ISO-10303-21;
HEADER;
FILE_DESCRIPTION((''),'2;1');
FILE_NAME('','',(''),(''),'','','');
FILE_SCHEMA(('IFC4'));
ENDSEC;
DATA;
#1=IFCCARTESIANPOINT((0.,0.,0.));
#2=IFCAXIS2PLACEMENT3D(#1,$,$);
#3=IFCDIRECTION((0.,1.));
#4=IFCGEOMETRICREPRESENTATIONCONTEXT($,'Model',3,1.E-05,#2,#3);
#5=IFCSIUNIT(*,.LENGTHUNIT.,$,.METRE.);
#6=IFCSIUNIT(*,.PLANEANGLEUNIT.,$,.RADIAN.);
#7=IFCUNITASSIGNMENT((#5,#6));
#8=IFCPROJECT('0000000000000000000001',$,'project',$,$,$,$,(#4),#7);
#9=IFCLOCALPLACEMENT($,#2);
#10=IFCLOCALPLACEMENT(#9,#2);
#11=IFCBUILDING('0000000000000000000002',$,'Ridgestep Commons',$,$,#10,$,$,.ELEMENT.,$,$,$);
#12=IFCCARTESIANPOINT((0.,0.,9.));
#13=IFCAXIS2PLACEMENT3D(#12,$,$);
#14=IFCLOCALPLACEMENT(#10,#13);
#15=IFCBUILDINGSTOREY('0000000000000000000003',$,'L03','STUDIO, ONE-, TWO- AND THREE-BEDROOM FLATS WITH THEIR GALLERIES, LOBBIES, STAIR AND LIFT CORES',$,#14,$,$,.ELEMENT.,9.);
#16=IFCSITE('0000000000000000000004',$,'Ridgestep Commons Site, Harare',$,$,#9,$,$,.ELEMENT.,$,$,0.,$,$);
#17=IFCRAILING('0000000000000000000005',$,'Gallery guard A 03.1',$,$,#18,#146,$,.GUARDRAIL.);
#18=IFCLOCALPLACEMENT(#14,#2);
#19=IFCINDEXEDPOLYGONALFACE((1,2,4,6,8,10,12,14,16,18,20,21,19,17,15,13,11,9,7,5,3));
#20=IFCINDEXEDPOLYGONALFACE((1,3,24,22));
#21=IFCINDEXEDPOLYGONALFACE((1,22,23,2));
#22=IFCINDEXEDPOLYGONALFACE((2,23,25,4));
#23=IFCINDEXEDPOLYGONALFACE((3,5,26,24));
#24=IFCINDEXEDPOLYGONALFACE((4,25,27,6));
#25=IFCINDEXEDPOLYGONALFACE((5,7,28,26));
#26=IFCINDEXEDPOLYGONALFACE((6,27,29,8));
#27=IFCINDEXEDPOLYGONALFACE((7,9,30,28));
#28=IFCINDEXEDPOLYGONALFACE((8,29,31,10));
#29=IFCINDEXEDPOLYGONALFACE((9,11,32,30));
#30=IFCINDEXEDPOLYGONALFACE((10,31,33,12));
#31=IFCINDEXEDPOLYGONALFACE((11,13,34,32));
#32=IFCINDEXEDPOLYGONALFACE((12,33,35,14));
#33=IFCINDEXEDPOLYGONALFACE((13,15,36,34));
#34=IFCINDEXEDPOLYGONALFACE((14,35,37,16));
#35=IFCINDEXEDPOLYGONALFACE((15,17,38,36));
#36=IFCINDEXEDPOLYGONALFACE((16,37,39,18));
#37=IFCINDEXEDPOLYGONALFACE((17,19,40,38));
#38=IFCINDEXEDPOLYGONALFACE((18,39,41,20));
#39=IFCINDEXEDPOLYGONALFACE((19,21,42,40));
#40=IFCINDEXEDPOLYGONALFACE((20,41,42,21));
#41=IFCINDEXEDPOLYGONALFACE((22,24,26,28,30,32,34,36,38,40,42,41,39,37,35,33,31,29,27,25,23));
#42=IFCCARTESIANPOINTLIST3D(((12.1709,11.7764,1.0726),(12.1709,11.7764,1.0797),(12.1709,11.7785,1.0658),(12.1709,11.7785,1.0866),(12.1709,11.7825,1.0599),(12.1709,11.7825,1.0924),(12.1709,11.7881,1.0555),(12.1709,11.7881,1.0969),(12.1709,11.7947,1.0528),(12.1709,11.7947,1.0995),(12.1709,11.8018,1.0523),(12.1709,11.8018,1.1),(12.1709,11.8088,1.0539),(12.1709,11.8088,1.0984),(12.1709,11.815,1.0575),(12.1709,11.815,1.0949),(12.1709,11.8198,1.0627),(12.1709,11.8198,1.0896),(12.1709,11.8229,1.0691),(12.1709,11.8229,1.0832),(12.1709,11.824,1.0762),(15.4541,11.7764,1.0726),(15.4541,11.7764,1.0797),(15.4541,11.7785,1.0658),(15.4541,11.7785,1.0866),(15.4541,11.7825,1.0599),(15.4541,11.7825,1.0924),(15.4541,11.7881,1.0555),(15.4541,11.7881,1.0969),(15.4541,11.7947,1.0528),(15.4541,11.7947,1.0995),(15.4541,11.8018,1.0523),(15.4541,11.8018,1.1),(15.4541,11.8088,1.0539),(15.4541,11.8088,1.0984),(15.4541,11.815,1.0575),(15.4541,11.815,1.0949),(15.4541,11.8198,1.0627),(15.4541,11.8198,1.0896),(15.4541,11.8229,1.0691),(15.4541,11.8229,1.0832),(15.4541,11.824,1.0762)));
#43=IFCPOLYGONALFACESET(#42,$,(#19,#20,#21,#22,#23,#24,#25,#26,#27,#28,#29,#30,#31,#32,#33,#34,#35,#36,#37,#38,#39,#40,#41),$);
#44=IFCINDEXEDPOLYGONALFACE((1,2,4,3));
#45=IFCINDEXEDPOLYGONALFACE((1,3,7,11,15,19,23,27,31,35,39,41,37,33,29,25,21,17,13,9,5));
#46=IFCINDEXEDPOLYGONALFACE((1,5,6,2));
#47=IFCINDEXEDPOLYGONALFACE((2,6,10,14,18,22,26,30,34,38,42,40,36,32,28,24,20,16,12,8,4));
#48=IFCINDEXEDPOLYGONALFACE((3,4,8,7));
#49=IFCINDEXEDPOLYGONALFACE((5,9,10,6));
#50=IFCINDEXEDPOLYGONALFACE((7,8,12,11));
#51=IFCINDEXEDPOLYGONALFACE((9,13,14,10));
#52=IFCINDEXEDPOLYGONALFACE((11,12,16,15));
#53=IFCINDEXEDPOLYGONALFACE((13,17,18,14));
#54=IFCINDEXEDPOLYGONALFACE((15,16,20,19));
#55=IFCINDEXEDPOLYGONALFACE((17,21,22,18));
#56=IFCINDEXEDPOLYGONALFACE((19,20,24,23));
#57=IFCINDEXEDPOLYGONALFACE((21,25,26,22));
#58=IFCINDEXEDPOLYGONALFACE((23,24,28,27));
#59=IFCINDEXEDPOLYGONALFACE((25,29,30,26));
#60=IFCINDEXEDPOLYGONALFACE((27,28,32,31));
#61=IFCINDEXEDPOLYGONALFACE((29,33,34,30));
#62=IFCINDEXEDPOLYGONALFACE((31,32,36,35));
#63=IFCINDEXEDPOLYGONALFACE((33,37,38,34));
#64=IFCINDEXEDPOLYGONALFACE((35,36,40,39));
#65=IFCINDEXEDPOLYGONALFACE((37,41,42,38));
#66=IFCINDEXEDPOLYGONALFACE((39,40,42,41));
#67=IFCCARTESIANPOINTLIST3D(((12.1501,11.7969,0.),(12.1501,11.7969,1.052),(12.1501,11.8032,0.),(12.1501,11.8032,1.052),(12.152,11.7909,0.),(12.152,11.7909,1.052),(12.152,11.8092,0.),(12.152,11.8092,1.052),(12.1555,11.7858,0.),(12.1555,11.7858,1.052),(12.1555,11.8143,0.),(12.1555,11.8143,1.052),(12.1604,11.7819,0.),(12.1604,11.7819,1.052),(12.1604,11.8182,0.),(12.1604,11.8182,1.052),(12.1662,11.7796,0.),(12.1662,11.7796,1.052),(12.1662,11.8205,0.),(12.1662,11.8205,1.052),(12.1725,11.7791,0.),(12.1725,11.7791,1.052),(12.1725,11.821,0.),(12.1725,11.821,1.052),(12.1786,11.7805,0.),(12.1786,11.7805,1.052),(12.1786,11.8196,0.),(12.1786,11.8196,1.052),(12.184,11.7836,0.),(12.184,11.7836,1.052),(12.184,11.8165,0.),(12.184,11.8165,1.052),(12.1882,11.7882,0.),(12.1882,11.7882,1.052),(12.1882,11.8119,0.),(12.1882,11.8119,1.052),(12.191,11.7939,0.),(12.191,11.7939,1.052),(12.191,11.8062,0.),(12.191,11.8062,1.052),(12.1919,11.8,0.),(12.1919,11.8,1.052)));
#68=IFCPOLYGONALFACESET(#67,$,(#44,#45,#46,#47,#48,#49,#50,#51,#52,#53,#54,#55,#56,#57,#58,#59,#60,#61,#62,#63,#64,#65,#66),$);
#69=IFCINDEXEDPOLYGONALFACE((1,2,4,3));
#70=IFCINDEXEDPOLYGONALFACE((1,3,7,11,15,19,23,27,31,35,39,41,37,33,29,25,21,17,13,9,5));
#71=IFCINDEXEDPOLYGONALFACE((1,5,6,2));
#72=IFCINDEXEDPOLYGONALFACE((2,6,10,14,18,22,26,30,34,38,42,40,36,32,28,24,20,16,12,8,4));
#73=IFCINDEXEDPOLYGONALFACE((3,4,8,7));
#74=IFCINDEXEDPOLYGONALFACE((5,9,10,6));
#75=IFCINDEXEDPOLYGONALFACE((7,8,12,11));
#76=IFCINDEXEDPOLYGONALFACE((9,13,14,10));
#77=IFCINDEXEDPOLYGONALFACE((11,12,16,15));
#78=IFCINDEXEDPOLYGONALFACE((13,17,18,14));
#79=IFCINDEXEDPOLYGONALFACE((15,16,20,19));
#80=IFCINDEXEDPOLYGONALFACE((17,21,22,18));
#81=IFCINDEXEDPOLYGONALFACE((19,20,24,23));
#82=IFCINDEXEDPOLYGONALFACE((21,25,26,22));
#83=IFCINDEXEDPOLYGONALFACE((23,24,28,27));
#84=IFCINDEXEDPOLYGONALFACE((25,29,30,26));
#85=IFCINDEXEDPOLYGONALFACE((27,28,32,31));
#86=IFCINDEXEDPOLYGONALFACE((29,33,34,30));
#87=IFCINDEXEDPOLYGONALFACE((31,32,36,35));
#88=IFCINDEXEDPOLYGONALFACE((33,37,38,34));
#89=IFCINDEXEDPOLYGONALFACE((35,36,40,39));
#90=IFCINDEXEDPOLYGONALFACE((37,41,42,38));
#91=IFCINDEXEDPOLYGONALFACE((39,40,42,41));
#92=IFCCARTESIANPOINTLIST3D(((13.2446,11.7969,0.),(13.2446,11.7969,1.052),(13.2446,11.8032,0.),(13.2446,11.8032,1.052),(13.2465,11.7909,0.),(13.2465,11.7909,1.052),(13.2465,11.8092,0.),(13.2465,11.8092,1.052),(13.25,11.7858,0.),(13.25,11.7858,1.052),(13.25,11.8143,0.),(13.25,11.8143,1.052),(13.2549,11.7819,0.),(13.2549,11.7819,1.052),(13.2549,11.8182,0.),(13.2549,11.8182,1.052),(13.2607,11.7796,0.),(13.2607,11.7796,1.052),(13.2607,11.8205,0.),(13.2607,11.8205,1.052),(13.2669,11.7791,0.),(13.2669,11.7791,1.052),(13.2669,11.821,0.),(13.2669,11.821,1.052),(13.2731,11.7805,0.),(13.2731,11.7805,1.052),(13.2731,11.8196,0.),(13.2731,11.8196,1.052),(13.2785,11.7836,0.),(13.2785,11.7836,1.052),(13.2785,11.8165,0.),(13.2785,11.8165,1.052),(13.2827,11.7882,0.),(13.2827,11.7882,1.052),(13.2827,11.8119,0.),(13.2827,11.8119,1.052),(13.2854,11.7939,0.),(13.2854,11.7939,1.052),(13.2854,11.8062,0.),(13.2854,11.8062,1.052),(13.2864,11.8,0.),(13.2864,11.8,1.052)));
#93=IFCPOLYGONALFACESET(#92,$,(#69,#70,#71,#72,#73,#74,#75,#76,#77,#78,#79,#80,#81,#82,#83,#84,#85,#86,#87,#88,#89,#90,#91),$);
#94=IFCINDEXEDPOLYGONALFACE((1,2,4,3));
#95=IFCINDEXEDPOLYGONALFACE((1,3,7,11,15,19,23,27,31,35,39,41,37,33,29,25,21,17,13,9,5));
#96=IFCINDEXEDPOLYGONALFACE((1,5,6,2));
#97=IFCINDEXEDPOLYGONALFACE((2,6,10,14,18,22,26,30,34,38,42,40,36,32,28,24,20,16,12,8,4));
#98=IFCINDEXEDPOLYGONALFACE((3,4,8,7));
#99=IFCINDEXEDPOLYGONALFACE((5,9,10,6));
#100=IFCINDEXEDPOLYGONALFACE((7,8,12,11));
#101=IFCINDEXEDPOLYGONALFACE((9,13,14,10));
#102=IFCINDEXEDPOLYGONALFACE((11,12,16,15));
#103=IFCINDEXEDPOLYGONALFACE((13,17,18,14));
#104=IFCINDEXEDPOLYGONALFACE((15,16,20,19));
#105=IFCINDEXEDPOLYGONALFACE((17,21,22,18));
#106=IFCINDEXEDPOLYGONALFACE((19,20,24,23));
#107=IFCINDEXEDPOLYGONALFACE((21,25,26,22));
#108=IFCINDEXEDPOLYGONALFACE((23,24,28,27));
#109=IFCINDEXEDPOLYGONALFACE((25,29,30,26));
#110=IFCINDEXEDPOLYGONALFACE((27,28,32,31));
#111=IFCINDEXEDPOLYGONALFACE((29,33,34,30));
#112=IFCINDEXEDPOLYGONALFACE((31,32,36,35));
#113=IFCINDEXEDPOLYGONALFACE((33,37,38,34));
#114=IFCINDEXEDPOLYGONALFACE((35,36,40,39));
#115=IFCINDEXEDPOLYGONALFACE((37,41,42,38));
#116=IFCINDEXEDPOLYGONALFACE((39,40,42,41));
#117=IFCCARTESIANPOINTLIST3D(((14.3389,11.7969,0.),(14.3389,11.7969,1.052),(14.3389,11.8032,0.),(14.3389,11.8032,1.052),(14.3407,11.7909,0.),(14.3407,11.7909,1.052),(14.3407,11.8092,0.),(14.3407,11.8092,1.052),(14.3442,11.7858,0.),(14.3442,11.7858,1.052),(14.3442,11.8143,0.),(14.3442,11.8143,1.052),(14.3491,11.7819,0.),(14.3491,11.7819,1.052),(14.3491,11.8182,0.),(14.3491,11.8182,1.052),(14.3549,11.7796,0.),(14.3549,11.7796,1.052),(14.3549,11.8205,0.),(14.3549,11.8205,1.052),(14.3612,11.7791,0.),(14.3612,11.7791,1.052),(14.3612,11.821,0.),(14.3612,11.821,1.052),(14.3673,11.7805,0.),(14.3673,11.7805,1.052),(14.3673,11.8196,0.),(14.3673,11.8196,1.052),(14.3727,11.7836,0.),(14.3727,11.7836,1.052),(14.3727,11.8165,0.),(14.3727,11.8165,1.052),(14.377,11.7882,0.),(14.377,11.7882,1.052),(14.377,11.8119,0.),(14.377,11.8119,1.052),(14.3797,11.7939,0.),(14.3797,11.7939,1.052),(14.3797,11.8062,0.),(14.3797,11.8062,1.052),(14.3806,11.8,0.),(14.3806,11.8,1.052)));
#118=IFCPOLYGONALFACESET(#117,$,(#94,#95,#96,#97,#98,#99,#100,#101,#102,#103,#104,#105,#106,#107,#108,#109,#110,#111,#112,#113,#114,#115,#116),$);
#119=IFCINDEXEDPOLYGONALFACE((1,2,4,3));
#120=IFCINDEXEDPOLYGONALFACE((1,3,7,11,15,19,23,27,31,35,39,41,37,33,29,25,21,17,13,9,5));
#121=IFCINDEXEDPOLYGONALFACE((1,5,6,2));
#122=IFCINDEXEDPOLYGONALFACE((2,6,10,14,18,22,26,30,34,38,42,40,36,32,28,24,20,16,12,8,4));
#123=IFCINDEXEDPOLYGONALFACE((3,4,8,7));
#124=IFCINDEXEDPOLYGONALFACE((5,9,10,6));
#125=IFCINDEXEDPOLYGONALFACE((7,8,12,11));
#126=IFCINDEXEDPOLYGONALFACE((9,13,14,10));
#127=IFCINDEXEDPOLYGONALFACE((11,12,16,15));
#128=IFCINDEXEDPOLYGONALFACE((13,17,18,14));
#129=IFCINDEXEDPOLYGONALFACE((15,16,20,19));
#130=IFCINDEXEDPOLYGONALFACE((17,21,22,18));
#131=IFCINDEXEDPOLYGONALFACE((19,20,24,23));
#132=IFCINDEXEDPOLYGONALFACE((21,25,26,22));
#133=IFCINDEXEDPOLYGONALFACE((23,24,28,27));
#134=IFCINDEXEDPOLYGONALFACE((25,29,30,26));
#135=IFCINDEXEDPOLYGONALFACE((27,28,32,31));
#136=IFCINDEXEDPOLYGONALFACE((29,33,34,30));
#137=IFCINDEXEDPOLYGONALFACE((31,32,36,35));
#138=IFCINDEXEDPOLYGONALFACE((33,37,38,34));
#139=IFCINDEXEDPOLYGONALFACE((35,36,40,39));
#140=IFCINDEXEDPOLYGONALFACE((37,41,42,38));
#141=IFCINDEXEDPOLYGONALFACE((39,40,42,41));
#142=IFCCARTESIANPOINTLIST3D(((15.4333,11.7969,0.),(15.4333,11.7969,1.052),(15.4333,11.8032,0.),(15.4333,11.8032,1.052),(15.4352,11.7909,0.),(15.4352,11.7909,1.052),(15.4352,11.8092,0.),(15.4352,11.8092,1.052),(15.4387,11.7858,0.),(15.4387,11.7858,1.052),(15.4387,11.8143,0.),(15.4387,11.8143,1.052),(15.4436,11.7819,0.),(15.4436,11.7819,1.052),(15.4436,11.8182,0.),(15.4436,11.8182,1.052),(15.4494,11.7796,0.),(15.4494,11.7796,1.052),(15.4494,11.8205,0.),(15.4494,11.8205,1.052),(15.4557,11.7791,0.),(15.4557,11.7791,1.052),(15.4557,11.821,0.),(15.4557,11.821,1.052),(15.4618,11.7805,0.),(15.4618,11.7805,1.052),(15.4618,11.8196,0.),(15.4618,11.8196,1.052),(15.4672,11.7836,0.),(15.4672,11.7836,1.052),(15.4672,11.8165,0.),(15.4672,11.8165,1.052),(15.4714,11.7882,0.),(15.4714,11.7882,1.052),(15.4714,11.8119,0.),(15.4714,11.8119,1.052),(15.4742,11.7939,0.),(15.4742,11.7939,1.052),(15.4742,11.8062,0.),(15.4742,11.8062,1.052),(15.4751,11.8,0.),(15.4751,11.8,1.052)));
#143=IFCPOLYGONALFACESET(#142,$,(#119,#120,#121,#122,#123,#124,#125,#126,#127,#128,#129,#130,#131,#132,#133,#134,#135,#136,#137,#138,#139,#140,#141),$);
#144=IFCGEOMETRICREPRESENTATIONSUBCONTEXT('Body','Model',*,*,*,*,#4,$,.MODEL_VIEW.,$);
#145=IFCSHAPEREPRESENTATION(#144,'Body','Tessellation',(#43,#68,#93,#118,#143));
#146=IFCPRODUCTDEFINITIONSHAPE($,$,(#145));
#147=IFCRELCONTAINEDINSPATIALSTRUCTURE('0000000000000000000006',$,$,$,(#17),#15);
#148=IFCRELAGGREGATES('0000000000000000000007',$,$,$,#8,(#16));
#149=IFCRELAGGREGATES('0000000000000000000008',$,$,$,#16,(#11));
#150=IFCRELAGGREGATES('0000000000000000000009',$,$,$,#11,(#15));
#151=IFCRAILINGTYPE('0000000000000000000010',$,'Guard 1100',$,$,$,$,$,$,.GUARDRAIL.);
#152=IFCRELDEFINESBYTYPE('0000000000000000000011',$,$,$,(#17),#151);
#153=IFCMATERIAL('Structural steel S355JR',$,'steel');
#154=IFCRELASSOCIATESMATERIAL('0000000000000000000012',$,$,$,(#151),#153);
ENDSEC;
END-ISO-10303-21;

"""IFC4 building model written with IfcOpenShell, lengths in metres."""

from ifc_helpers import new_model, si_unit, direction, frame, origin, origin_2d, place, context, subcontext, project, spatial, circle, extrude, material, type_object, element, save


model = new_model("IFC4")

# Units and contexts
model_context = context("Model", 3, precision=1e-05, world=origin(), true_north=direction((0.0, 1.0)))
body_context = subcontext(model_context, "Body", "Model", "MODEL_VIEW")
ifc_project = project(units=[si_unit("LENGTHUNIT", "METRE"), si_unit("PLANEANGLEUNIT", "RADIAN")], contexts=[model_context])

# Site, building, storey
site_placement = place(None, origin())
site = spatial("IfcSite", under=ifc_project, at=site_placement, Name="Ridgestep Commons Site, Harare", CompositionType="ELEMENT", RefElevation=0.0)
building_placement = place(site_placement, origin())
building = spatial("IfcBuilding", under=site, at=building_placement, Name="Ridgestep Commons", CompositionType="ELEMENT")
storey_placement = place(building_placement, frame((0.0, 0.0, 9.0)))
storey = spatial("IfcBuildingStorey", under=building, at=storey_placement, Name="L03", Description="STUDIO, ONE-, TWO- AND THREE-BEDROOM FLATS WITH THEIR GALLERIES, LOBBIES, STAIR AND LIFT CORES", CompositionType="ELEMENT", Elevation=9.0)

# Railing
ifc_material_1 = material(Name="Structural steel S355JR", Category="steel")
railing_type = type_object("IfcRailingType", Name="Guard 1100", PredefinedType="GUARDRAIL", material=ifc_material_1)
railing_1_placement = place(storey_placement, frame((12.1709, 11.8, 0.0)))
element("IfcRailing", 1, at=railing_1_placement, inside=storey, type_object=railing_type, Name="Gallery guard A 03.1", PredefinedType="GUARDRAIL", context=body_context, shape_type="SweptSolid", body=[
    extrude(circle(Radius=0.0239, at=origin_2d()), frame((0.0, 0.0, 1.0762), z_axis=(1.0, 0.0, 0.0), x_axis=(0.0, 1.0, 0.0)), (0.0, 0.0, 1.0), 3.2832),
    extrude(circle(Radius=0.021, at=origin_2d()), origin(), (0.0, 0.0, 1.0), 1.052),
    extrude(circle(Radius=0.021, at=origin_2d()), frame((1.0945, 0.0, 0.0)), (0.0, 0.0, 1.0), 1.052),
    extrude(circle(Radius=0.021, at=origin_2d()), frame((2.1887, 0.0, 0.0)), (0.0, 0.0, 1.0), 1.052),
    extrude(circle(Radius=0.021, at=origin_2d()), frame((3.2832, 0.0, 0.0)), (0.0, 0.0, 1.0), 1.052),
])

save(model, "model.ifc")
